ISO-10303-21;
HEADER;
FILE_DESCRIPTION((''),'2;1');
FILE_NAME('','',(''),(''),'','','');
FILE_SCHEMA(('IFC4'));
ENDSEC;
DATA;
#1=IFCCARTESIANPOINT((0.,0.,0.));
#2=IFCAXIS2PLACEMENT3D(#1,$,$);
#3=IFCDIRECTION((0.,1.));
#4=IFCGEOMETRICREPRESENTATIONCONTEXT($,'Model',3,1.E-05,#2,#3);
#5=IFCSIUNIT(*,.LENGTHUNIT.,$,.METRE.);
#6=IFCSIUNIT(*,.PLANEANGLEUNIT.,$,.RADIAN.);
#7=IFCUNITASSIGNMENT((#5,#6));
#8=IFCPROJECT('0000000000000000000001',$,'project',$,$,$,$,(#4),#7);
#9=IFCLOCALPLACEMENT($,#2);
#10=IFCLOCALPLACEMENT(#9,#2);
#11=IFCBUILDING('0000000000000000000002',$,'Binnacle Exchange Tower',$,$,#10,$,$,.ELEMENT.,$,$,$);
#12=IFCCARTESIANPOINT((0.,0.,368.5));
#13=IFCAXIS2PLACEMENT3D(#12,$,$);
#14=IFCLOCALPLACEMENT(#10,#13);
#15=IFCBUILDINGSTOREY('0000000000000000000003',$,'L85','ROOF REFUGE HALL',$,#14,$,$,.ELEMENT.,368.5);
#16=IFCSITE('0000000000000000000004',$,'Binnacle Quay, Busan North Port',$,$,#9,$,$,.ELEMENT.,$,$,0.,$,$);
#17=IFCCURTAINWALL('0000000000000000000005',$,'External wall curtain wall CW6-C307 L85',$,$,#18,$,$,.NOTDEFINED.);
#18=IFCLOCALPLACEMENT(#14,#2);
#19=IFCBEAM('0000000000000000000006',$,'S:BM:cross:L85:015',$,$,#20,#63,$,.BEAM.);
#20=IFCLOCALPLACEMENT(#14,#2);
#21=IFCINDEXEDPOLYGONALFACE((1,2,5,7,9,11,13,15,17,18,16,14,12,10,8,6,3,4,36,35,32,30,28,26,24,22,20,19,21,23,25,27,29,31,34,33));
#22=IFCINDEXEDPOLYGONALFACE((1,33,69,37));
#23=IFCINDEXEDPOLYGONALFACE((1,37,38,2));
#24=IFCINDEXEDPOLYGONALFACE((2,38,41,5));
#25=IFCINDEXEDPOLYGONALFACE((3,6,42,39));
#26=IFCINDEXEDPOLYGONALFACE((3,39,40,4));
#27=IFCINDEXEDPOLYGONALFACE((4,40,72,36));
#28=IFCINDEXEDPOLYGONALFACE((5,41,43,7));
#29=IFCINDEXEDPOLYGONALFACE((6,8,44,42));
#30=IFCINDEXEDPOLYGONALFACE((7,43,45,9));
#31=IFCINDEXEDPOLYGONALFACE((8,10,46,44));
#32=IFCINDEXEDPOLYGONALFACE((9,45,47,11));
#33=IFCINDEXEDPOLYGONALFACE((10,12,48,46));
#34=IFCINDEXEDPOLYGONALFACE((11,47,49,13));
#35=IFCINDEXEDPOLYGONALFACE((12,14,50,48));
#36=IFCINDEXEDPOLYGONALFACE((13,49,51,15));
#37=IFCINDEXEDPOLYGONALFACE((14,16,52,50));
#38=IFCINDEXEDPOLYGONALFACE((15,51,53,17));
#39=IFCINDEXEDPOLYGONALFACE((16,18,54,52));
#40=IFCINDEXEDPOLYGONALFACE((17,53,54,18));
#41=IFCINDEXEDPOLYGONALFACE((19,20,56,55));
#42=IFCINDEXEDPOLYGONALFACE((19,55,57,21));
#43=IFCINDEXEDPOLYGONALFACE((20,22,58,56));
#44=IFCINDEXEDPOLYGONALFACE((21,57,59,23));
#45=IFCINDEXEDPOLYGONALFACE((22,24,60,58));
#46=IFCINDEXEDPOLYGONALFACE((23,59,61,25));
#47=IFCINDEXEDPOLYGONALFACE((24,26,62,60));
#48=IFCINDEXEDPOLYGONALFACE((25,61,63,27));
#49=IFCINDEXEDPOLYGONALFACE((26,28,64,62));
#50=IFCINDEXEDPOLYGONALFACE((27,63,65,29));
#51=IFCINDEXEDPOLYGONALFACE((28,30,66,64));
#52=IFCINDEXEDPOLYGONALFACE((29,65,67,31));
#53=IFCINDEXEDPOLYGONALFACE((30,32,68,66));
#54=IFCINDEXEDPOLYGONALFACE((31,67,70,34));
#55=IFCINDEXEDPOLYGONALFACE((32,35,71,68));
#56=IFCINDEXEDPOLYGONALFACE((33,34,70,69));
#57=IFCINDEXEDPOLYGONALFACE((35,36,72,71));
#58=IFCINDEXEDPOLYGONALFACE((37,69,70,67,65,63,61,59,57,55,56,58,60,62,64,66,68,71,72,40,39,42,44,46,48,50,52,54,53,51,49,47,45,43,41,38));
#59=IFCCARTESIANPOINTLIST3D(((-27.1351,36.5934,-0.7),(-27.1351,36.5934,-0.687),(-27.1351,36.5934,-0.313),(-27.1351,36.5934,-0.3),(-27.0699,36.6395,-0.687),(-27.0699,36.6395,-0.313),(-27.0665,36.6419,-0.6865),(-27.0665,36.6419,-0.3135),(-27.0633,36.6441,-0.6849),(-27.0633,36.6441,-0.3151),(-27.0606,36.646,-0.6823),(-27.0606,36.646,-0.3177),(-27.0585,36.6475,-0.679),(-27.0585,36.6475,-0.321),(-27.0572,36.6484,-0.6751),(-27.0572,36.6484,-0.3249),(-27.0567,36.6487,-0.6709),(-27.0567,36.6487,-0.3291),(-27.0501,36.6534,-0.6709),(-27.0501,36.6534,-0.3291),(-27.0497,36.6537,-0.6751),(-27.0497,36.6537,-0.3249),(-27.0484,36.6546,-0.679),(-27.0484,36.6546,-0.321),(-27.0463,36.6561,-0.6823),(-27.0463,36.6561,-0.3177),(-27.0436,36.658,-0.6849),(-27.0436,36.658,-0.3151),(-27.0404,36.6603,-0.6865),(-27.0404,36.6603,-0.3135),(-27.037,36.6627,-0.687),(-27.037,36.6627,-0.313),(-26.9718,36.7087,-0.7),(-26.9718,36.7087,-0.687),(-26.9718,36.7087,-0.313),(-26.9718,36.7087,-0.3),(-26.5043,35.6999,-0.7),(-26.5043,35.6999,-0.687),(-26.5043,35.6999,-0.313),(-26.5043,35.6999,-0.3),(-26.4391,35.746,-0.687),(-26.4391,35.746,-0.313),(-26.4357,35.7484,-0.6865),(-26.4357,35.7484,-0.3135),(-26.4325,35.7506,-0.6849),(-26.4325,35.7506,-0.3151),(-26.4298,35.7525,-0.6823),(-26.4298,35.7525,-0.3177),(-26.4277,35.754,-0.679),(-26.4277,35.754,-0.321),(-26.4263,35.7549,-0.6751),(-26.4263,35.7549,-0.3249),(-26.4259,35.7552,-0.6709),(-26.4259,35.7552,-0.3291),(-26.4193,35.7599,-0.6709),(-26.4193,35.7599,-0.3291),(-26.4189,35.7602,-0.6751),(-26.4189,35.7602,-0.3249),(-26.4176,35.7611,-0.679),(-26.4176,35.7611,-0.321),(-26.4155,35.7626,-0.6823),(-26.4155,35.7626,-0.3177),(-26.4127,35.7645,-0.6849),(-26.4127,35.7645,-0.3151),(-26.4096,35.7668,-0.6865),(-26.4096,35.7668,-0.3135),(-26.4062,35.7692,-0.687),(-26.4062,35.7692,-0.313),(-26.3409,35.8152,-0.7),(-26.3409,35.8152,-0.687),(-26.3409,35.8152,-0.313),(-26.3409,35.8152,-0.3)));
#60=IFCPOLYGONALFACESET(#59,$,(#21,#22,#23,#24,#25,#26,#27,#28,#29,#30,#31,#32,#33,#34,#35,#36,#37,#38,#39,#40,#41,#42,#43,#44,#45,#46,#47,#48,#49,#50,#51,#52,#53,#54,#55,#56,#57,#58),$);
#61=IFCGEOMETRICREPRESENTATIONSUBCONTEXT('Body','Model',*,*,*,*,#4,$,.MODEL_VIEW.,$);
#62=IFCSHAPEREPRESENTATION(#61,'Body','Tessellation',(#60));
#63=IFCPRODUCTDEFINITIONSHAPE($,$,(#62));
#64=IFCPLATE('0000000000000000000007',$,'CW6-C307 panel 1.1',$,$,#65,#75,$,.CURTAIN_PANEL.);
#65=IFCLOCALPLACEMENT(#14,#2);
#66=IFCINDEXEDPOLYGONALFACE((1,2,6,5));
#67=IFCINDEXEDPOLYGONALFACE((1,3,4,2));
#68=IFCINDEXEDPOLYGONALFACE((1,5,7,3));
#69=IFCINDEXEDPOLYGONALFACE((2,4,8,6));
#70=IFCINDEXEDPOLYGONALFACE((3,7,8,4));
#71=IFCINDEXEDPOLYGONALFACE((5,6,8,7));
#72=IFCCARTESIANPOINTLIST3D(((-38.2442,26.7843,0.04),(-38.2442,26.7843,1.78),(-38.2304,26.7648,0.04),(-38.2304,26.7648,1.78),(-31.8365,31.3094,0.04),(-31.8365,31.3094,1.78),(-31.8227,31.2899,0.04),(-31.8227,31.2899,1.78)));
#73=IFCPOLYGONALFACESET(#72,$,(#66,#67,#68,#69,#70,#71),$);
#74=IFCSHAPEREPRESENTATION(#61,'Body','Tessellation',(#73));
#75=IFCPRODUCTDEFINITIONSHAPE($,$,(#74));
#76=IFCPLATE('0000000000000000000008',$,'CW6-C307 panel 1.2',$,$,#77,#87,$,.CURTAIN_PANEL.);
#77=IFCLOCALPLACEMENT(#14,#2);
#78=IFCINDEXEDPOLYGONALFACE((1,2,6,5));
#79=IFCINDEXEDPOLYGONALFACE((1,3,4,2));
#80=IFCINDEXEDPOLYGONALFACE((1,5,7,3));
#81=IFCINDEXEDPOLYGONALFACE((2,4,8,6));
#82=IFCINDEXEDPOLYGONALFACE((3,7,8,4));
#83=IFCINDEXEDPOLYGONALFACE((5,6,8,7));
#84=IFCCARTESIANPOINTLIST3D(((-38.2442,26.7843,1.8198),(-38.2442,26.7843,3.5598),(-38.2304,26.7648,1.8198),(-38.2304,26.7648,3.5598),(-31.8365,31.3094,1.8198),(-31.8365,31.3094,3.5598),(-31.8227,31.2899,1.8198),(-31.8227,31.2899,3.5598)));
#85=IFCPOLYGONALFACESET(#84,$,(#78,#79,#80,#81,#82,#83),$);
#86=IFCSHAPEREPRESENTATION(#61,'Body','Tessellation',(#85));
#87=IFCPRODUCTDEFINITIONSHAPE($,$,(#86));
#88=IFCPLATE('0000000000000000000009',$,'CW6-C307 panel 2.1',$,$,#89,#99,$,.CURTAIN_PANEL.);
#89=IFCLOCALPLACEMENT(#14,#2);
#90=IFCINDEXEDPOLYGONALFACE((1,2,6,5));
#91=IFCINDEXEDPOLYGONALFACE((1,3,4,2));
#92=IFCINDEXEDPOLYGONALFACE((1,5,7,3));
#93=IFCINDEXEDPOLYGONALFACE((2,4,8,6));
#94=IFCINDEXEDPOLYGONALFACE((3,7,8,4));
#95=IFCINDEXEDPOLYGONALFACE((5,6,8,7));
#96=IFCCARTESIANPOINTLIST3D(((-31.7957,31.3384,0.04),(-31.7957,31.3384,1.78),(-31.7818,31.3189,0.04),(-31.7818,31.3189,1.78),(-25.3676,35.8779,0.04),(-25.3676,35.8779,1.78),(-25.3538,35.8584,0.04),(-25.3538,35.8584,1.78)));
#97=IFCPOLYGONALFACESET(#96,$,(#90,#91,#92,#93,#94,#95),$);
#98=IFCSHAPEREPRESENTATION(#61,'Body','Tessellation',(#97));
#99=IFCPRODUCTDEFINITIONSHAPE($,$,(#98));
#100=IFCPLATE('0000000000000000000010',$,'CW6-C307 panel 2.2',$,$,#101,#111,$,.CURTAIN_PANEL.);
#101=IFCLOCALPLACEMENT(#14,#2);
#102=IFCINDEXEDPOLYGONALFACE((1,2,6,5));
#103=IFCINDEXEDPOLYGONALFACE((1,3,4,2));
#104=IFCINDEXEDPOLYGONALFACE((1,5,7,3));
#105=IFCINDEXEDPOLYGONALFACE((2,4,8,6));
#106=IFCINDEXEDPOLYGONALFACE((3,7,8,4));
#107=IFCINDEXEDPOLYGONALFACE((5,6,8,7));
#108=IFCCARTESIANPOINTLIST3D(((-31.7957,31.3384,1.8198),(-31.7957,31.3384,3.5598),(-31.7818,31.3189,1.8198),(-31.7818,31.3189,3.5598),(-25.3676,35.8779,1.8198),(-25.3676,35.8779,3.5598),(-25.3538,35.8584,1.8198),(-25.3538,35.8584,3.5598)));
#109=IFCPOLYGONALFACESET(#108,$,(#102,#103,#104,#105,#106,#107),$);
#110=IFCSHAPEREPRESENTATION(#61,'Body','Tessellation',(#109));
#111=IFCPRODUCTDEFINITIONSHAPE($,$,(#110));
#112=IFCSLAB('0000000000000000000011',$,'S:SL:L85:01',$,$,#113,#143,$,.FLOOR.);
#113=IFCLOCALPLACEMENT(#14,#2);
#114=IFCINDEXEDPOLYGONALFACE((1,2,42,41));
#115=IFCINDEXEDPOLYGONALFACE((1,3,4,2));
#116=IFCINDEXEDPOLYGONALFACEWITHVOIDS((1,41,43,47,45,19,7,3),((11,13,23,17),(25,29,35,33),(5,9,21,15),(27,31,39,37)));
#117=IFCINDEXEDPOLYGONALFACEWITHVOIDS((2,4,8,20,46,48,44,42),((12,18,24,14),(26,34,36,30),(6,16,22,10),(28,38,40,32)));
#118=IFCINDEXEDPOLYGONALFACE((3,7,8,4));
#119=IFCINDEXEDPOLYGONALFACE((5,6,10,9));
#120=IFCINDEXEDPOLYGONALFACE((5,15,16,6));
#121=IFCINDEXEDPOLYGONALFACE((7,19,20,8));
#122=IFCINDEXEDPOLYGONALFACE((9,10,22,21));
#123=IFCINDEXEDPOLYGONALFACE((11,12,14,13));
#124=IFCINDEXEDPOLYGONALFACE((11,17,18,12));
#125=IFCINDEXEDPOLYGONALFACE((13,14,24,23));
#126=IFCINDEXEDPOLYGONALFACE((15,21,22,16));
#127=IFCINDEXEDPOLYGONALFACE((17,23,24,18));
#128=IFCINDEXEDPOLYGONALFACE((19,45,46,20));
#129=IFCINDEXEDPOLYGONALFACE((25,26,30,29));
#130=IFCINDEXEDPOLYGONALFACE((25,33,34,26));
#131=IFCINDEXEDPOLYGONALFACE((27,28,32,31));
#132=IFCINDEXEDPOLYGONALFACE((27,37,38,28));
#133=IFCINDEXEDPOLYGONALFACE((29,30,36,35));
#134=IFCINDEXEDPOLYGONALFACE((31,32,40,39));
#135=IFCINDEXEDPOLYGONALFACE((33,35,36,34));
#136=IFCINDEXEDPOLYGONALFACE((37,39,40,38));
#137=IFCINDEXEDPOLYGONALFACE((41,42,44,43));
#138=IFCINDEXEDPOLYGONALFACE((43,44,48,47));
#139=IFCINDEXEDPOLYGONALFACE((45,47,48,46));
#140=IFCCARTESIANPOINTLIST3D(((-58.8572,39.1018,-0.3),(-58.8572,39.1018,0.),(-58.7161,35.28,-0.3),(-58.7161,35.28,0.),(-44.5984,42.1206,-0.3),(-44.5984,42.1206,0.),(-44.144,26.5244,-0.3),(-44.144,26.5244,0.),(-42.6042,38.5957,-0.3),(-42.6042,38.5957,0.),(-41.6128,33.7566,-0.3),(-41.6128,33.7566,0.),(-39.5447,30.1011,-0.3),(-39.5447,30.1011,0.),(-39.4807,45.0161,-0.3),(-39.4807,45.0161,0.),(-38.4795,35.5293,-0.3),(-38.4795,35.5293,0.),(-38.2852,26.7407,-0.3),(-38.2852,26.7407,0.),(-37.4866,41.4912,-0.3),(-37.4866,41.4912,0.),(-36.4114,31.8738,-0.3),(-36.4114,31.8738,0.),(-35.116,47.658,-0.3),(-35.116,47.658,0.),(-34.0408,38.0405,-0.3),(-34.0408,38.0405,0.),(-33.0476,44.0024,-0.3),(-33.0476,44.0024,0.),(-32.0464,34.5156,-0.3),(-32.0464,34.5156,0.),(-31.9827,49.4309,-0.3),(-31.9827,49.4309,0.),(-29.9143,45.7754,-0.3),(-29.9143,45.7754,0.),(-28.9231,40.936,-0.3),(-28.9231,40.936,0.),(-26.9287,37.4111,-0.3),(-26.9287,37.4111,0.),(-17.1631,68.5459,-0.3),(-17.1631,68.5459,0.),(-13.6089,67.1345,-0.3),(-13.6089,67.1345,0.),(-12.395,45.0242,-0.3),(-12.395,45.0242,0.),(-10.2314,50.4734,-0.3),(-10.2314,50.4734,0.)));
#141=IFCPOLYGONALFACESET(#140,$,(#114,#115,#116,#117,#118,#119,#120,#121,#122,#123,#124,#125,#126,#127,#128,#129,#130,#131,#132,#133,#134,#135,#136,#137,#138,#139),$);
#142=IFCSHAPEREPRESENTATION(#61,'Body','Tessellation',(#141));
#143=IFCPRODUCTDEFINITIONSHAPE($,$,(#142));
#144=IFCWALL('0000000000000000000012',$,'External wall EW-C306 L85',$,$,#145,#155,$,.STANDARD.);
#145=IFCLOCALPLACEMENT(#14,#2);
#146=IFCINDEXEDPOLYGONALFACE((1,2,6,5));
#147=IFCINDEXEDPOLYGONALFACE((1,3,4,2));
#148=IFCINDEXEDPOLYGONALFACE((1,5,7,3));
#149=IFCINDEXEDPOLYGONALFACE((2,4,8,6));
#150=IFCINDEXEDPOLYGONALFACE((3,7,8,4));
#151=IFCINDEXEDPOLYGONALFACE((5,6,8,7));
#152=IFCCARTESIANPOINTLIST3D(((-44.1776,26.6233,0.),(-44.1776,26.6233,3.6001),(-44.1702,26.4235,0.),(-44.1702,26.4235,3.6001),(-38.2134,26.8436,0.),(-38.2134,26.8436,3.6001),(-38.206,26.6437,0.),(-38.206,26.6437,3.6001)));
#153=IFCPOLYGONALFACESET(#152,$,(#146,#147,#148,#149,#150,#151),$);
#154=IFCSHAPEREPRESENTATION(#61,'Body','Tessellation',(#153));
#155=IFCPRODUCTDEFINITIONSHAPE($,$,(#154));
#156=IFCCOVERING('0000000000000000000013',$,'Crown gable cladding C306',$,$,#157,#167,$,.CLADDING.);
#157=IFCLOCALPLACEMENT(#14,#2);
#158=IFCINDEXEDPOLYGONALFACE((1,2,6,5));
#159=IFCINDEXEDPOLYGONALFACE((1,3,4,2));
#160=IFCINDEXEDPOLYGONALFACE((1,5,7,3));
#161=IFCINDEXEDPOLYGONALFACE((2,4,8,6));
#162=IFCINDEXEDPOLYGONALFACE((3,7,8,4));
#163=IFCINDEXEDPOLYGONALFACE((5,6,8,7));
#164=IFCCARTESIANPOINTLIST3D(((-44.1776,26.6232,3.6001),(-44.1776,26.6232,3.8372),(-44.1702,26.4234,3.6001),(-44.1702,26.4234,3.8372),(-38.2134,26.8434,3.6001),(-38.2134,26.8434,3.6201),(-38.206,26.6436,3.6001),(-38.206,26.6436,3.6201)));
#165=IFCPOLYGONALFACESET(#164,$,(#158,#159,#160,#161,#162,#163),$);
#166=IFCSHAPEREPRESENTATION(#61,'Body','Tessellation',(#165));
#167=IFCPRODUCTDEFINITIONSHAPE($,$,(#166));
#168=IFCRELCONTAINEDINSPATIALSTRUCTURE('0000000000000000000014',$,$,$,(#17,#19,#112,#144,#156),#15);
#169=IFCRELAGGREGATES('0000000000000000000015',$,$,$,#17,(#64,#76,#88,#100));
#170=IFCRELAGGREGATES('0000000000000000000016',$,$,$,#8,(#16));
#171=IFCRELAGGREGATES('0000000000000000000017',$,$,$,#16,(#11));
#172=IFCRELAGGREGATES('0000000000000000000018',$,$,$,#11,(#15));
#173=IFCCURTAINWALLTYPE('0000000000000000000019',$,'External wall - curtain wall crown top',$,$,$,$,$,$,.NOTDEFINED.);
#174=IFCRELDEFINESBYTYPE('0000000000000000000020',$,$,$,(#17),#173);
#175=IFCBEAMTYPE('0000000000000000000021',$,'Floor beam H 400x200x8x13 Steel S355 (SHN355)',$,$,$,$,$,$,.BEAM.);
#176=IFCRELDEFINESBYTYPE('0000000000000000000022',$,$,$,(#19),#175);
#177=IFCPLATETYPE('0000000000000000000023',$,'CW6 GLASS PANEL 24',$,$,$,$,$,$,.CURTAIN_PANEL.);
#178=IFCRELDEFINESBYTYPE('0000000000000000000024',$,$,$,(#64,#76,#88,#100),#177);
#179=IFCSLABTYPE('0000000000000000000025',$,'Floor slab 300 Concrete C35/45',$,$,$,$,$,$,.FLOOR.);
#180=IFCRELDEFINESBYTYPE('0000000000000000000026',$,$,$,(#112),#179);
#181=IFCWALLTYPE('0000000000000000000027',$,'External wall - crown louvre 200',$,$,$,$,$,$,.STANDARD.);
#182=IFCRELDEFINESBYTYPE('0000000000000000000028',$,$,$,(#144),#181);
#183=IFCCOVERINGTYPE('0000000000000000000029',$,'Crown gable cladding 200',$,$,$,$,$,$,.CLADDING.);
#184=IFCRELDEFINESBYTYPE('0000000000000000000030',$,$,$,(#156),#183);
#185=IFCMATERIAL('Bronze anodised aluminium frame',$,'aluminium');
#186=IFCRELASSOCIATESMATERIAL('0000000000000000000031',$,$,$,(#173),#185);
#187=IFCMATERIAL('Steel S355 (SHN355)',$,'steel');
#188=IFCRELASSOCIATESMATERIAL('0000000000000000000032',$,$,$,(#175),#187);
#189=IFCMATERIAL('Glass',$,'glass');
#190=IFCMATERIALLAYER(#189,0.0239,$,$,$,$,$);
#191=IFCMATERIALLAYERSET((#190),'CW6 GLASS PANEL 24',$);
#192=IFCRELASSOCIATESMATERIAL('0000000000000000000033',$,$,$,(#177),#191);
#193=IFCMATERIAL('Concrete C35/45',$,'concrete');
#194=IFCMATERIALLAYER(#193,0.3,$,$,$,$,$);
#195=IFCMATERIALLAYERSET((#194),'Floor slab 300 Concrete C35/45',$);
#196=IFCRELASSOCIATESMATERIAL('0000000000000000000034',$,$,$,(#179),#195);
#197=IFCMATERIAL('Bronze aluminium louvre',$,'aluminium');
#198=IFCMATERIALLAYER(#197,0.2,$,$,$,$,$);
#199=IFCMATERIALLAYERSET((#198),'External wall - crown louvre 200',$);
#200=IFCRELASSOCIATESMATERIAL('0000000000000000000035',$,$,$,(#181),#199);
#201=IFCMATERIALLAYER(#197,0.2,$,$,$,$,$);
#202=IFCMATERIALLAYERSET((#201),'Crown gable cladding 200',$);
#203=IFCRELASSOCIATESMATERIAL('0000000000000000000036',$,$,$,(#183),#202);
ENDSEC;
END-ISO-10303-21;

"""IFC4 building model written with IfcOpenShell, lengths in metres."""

from ifc_helpers import new_model, si_unit, direction, frame, frame_2d, origin, origin_2d, place, context, subcontext, project, spatial, polyline, rectangle, i_section, outline, extrude, material, layer, layer_set, material_profile, profile_set, type_object, element, aggregate, save


model = new_model("IFC4")

# Units and contexts
model_context = context("Model", 3, precision=1e-05, world=origin(), true_north=direction((0.0, 1.0)))
body_context = subcontext(model_context, "Body", "Model", "MODEL_VIEW")
ifc_project = project(units=[si_unit("LENGTHUNIT", "METRE"), si_unit("PLANEANGLEUNIT", "RADIAN")], contexts=[model_context])

# Site, building, storey
site_placement = place(None, origin())
site = spatial("IfcSite", under=ifc_project, at=site_placement, Name="Binnacle Quay, Busan North Port", CompositionType="ELEMENT", RefElevation=0.0)
building_placement = place(site_placement, origin())
building = spatial("IfcBuilding", under=site, at=building_placement, Name="Binnacle Exchange Tower", CompositionType="ELEMENT")
storey_placement = place(building_placement, frame((0.0, 0.0, 368.5)))
storey = spatial("IfcBuildingStorey", under=building, at=storey_placement, Name="L85", Description="ROOF REFUGE HALL", CompositionType="ELEMENT", Elevation=368.5)

# Shared definitions
ifc_material_1 = material(Name="Steel S355 (SHN355)", Category="steel")

# Curtain wall
ifc_material_2 = material(Name="Bronze anodised aluminium frame", Category="aluminium")
curtain_wall_type = type_object("IfcCurtainWallType", Name="External wall - curtain wall crown top", PredefinedType="NOTDEFINED", material=ifc_material_2)
curtain_wall_placement = place(storey_placement, origin())
curtain_wall = element("IfcCurtainWall", 1, at=curtain_wall_placement, inside=storey, type_object=curtain_wall_type, Name="External wall curtain wall CW6-C307 L85", PredefinedType="NOTDEFINED")

# Beam
ifc_material_profile_1 = material_profile(ifc_material_1, i_section(OverallWidth=0.2, OverallDepth=0.3999, WebThickness=0.0081, FlangeThickness=0.0129, FilletRadius=0.0161, at=origin_2d()), Name="H 400x200x8x13")
ifc_profile_set_1 = profile_set([ifc_material_profile_1], Name="Steel S355 (SHN355)")
beam_type = type_object("IfcBeamType", Name="Floor beam H 400x200x8x13 Steel S355 (SHN355)", PredefinedType="BEAM", material=ifc_profile_set_1)
beam_placement = place(storey_placement, frame((-26.4226, 35.7576, -0.5), z_axis=(-0.576753, 0.816918, 0.0), x_axis=(-0.816918, -0.576753, 0.0)))
element("IfcBeam", 2, at=beam_placement, inside=storey, type_object=beam_type, Name="S:BM:cross:L85:015", PredefinedType="BEAM", context=body_context, shape_type="SweptSolid", body=[
    extrude(i_section(OverallWidth=0.2, OverallDepth=0.3999, WebThickness=0.0081, FlangeThickness=0.0129, FilletRadius=0.0161, at=origin_2d()), origin(), (0.0, 0.0, 1.0), 1.0938),
])

# Plates
ifc_material_3 = material(Name="Glass", Category="glass")
ifc_layer_1 = layer(ifc_material_3, 0.0239)
ifc_layer_set_1 = layer_set([ifc_layer_1], Name="CW6 GLASS PANEL 24")
plate_type = type_object("IfcPlateType", Name="CW6 GLASS PANEL 24", PredefinedType="CURTAIN_PANEL", material=ifc_layer_set_1)
plate_1_placement = place(storey_placement, frame((-35.0334, 29.0371, 0.04), z_axis=(0.0, 0.0, 1.0), x_axis=(0.816847, 0.576854, 0.0)))
plate_1 = element("IfcPlate", 3, at=plate_1_placement, type_object=plate_type, Name="CW6-C307 panel 1.1", PredefinedType="CURTAIN_PANEL", context=body_context, shape_type="SweptSolid", body=[
    extrude(rectangle(XDim=7.8445, YDim=0.0239, at=origin_2d()), origin(), (0.0, 0.0, 1.0), 1.74),
])
plate_2_placement = place(storey_placement, frame((-35.0334, 29.0371, 1.8198), z_axis=(0.0, 0.0, 1.0), x_axis=(0.816847, 0.576854, 0.0)))
plate_2 = element("IfcPlate", 4, at=plate_2_placement, type_object=plate_type, Name="CW6-C307 panel 1.2", PredefinedType="CURTAIN_PANEL", context=body_context, shape_type="SweptSolid", body=[
    extrude(rectangle(XDim=7.8445, YDim=0.0239, at=origin_2d()), origin(), (0.0, 0.0, 1.0), 1.74),
])
plate_3_placement = place(storey_placement, frame((-28.5747, 33.5984, 0.04), z_axis=(0.0, 0.0, 1.0), x_axis=(0.816847, 0.576854, 0.0)))
plate_3 = element("IfcPlate", 5, at=plate_3_placement, type_object=plate_type, Name="CW6-C307 panel 2.1", PredefinedType="CURTAIN_PANEL", context=body_context, shape_type="SweptSolid", body=[
    extrude(rectangle(XDim=7.8694, YDim=0.0239, at=origin_2d()), origin(), (0.0, 0.0, 1.0), 1.74),
])
plate_4_placement = place(storey_placement, frame((-28.5747, 33.5984, 1.8198), z_axis=(0.0, 0.0, 1.0), x_axis=(0.816847, 0.576854, 0.0)))
plate_4 = element("IfcPlate", 6, at=plate_4_placement, type_object=plate_type, Name="CW6-C307 panel 2.2", PredefinedType="CURTAIN_PANEL", context=body_context, shape_type="SweptSolid", body=[
    extrude(rectangle(XDim=7.8694, YDim=0.0239, at=origin_2d()), origin(), (0.0, 0.0, 1.0), 1.74),
])
aggregate(curtain_wall, [plate_1, plate_2, plate_3, plate_4])

# Slab
ifc_material_4 = material(Name="Concrete C35/45", Category="concrete")
ifc_layer_2 = layer(ifc_material_4, 0.3)
ifc_layer_set_2 = layer_set([ifc_layer_2], Name="Floor slab 300 Concrete C35/45")
slab_type = type_object("IfcSlabType", Name="Floor slab 300 Concrete C35/45", PredefinedType="FLOOR", material=ifc_layer_set_2)
slab_placement = place(storey_placement, frame((0.0, 0.0, -0.3)))
element("IfcSlab", 7, at=slab_placement, inside=storey, type_object=slab_type, Name="S:SL:L85:01", PredefinedType="FLOOR", context=body_context, shape_type="SweptSolid", body=[
    extrude(outline(polyline([(-38.2852, 26.7407), (-44.144, 26.5244), (-58.7161, 35.28), (-58.8572, 39.1018), (-17.1631, 68.5459), (-13.6089, 67.1345), (-10.2314, 50.4734), (-12.395, 45.0242), (-38.2852, 26.7407)]), holes=[polyline([(-41.6128, 33.7566), (-39.5447, 30.1011), (-36.4114, 31.8738), (-38.4795, 35.5293), (-41.6128, 33.7566)]), polyline([(-26.9287, 37.4111), (-28.9231, 40.936), (-34.0408, 38.0405), (-32.0464, 34.5156), (-26.9287, 37.4111)]), polyline([(-44.5984, 42.1206), (-42.6042, 38.5957), (-37.4866, 41.4912), (-39.4807, 45.0161), (-44.5984, 42.1206)]), polyline([(-35.116, 47.658), (-33.0476, 44.0024), (-29.9143, 45.7754), (-31.9827, 49.4309), (-35.116, 47.658)])]), origin(), (0.0, 0.0, 1.0), 0.3),
])

# Wall
ifc_material_5 = material(Name="Bronze aluminium louvre", Category="aluminium")
ifc_layer_3 = layer(ifc_material_5, 0.2)
ifc_layer_set_3 = layer_set([ifc_layer_3], Name="External wall - crown louvre 200")
wall_type = type_object("IfcWallType", Name="External wall - crown louvre 200", PredefinedType="STANDARD", material=ifc_layer_set_3)
wall_placement = place(storey_placement, frame((-38.2097, 26.7437, 0.0), z_axis=(0.0, 0.0, 1.0), x_axis=(-0.999319, -0.036898, 0.0)))
element("IfcWall", 8, at=wall_placement, inside=storey, type_object=wall_type, Name="External wall EW-C306 L85", PredefinedType="STANDARD", context=body_context, shape_type="SweptSolid", body=[
    extrude(rectangle(XDim=5.9683, YDim=0.2, at=frame_2d((2.9841, 0.0))), origin(), (0.0, 0.0, 1.0), 3.6001),
])

# Covering
ifc_layer_4 = layer(ifc_material_5, 0.2)
ifc_layer_set_4 = layer_set([ifc_layer_4], Name="Crown gable cladding 200")
covering_type = type_object("IfcCoveringType", Name="Crown gable cladding 200", PredefinedType="CLADDING", material=ifc_layer_set_4)
covering_placement = place(storey_placement, frame((-38.2097, 26.7437, 3.6001), z_axis=(0.0, 0.0, 1.0), x_axis=(-0.999319, -0.036898, 0.0)))
element("IfcCovering", 9, at=covering_placement, inside=storey, type_object=covering_type, Name="Crown gable cladding C306", PredefinedType="CLADDING", context=body_context, shape_type="SweptSolid", body=[
    extrude(outline(polyline([(0.0, 0.0), (5.9683, 0.0), (5.9683, 0.2371), (0.0, 0.02), (0.0, 0.0)])), frame((0.0, 0.1001, 0.0), z_axis=(0.0, -1.0, 0.0), x_axis=(1.0, 0.0, 0.0)), (0.0, 0.0, 1.0), 0.2),
])

save(model, "model.ifc")
